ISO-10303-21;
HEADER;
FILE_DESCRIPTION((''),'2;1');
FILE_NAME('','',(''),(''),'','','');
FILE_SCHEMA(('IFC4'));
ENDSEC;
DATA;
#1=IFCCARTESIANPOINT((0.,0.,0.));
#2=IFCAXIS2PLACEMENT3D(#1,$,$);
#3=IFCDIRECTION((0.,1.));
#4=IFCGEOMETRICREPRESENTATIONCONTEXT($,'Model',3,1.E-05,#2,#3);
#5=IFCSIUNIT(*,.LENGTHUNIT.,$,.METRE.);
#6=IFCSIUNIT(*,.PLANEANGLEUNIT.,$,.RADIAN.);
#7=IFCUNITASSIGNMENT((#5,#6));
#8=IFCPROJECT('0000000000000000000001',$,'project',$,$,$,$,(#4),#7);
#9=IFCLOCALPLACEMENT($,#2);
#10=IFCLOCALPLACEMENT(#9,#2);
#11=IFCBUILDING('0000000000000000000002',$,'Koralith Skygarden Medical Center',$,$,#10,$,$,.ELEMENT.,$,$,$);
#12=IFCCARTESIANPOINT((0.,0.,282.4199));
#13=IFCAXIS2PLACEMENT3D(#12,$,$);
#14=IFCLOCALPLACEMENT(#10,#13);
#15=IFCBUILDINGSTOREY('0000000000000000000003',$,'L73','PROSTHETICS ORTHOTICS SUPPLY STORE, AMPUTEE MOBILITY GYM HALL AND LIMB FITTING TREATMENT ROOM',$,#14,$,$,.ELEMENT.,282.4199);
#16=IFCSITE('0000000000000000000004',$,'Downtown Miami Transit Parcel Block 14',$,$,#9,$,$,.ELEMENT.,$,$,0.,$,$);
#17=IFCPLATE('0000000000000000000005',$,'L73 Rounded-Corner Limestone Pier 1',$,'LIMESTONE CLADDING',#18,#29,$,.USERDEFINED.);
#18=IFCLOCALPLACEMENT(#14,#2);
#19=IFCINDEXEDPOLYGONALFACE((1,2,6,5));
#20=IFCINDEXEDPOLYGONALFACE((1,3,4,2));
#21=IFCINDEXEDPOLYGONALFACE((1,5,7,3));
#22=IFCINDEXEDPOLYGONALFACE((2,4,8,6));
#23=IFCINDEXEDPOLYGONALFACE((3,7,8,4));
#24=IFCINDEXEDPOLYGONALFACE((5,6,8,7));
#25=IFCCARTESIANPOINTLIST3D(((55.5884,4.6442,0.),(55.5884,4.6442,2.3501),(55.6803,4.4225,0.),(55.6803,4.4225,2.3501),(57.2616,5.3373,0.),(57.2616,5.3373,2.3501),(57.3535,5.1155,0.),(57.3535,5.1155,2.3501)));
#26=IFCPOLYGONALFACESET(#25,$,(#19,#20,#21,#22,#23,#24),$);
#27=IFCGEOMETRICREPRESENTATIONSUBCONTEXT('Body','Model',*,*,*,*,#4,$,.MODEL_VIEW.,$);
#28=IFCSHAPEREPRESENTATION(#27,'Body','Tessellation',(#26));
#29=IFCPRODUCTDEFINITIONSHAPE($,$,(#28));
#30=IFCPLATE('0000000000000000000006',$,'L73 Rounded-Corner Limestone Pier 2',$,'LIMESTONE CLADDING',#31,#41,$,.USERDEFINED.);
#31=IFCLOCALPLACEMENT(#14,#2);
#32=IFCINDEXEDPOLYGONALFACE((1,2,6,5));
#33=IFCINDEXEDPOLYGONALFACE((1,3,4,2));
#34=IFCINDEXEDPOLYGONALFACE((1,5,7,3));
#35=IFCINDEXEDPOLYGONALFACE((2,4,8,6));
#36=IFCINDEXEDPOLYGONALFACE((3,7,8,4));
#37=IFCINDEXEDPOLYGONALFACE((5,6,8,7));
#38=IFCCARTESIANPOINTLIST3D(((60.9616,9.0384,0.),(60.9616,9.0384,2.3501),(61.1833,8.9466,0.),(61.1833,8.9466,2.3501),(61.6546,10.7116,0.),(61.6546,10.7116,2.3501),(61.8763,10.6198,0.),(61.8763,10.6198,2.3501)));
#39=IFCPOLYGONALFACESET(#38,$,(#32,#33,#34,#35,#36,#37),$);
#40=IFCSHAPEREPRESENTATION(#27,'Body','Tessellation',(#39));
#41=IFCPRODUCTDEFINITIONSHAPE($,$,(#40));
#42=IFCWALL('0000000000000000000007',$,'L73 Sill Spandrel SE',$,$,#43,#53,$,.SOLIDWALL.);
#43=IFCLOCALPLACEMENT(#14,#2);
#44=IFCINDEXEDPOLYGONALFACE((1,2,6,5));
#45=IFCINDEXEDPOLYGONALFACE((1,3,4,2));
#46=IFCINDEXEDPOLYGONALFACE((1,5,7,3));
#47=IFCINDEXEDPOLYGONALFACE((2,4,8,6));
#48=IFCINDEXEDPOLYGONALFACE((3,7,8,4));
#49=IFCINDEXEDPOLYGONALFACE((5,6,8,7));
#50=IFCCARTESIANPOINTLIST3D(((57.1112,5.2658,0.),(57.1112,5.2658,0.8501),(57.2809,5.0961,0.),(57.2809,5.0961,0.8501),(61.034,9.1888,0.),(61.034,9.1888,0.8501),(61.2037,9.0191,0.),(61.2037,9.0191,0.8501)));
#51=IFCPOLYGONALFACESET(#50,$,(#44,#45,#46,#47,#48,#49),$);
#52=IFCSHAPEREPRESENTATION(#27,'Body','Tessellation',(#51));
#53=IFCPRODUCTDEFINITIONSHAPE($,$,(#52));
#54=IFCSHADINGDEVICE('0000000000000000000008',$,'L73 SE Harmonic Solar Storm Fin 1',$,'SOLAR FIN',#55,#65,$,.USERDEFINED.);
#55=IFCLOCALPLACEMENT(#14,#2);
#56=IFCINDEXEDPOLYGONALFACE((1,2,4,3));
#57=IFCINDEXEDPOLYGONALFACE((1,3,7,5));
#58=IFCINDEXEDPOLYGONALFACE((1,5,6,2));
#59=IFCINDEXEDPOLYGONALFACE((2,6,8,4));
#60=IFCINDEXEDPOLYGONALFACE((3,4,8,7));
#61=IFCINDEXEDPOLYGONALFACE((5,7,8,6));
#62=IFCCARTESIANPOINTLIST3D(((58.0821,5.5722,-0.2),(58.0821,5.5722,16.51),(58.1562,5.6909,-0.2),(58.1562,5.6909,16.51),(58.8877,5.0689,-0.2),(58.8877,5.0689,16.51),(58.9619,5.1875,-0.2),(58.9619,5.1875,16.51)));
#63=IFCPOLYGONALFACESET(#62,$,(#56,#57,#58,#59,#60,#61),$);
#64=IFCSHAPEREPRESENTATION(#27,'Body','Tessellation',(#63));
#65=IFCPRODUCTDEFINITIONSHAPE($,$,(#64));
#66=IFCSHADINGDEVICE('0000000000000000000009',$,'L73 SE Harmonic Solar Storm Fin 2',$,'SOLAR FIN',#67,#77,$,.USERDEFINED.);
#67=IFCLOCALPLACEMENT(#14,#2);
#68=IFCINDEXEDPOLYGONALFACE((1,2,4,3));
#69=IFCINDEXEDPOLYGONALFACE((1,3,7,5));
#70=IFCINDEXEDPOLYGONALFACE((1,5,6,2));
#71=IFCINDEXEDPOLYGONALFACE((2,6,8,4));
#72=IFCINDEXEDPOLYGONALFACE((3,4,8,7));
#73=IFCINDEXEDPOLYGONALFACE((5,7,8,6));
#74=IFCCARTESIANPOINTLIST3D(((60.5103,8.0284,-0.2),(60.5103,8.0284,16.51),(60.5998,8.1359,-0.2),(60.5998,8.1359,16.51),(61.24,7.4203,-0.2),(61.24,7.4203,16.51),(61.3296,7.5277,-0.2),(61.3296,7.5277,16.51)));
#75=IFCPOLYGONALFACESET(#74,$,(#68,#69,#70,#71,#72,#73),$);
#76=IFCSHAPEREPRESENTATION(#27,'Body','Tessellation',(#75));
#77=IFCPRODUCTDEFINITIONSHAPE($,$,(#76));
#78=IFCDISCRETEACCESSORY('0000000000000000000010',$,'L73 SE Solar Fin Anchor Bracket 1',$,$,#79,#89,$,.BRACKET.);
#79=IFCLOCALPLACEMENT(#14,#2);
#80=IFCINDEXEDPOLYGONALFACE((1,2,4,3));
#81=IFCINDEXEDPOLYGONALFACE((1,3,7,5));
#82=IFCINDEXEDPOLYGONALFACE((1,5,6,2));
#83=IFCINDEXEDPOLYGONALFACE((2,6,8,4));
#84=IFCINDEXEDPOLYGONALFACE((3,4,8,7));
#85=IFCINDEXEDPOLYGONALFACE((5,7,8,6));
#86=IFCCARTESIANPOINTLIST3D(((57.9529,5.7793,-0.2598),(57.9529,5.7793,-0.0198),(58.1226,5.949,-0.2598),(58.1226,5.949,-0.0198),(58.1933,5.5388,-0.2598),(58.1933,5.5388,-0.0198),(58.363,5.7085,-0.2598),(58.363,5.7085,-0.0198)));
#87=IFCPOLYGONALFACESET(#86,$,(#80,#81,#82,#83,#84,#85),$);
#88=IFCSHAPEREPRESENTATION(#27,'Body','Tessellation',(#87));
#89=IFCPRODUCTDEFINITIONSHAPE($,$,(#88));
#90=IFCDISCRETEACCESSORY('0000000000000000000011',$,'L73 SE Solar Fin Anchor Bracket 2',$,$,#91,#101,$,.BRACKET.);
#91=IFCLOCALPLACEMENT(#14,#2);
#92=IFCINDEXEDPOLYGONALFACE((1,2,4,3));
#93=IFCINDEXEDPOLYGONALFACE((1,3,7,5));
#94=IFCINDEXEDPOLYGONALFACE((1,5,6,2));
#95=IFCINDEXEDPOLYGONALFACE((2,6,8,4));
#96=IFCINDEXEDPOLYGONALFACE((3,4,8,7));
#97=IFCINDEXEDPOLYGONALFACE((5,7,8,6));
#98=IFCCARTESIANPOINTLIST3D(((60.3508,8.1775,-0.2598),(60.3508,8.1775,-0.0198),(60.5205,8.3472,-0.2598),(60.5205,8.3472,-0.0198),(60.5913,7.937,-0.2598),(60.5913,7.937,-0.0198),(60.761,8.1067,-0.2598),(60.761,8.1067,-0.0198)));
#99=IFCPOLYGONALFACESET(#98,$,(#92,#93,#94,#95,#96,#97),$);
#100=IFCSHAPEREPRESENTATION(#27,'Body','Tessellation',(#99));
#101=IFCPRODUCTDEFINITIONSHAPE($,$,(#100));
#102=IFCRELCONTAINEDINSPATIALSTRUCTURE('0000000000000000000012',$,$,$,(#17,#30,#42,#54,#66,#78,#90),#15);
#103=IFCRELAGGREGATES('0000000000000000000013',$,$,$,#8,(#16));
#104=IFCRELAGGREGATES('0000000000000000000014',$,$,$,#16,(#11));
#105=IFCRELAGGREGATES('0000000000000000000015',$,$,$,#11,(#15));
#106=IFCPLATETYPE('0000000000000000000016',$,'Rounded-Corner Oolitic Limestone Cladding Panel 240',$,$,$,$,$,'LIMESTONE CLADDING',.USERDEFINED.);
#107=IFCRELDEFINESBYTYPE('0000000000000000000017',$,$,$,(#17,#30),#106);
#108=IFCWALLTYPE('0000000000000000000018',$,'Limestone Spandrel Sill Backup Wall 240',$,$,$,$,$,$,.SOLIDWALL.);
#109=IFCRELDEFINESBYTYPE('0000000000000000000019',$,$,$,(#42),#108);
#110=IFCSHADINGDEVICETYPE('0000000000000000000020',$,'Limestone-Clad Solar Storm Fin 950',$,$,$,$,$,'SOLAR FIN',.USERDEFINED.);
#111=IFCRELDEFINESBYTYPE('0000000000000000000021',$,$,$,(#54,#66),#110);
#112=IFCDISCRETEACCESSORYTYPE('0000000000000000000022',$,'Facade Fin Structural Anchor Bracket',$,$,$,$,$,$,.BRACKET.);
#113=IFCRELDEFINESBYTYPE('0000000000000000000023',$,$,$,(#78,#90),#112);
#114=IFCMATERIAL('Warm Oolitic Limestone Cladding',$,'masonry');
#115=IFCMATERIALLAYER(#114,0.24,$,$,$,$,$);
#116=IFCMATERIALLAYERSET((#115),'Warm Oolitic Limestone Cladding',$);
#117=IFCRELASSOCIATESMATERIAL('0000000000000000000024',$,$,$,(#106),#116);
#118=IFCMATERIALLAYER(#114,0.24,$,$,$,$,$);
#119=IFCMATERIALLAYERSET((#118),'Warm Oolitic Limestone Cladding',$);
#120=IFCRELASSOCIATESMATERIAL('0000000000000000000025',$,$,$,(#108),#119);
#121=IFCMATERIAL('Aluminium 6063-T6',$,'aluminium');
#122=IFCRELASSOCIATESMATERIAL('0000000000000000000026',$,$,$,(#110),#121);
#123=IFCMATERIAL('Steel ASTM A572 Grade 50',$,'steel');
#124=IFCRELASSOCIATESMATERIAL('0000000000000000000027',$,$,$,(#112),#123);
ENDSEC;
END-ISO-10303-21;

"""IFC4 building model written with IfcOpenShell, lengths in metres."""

from ifc_helpers import new_model, si_unit, direction, frame, frame_2d, origin, origin_2d, place, context, subcontext, project, spatial, rectangle, extrude, material, layer, layer_set, type_object, element, save


model = new_model("IFC4")

# Units and contexts
model_context = context("Model", 3, precision=1e-05, world=origin(), true_north=direction((0.0, 1.0)))
body_context = subcontext(model_context, "Body", "Model", "MODEL_VIEW")
ifc_project = project(units=[si_unit("LENGTHUNIT", "METRE"), si_unit("PLANEANGLEUNIT", "RADIAN")], contexts=[model_context])

# Site, building, storey
site_placement = place(None, origin())
site = spatial("IfcSite", under=ifc_project, at=site_placement, Name="Downtown Miami Transit Parcel Block 14", CompositionType="ELEMENT", RefElevation=0.0)
building_placement = place(site_placement, origin())
building = spatial("IfcBuilding", under=site, at=building_placement, Name="Koralith Skygarden Medical Center", CompositionType="ELEMENT")
storey_placement = place(building_placement, frame((0.0, 0.0, 282.4199)))
storey = spatial("IfcBuildingStorey", under=building, at=storey_placement, Name="L73", Description="PROSTHETICS ORTHOTICS SUPPLY STORE, AMPUTEE MOBILITY GYM HALL AND LIMB FITTING TREATMENT ROOM", CompositionType="ELEMENT", Elevation=282.4199)

# Shared definitions
ifc_material_1 = material(Name="Aluminium 6063-T6", Category="aluminium")

# Plates
ifc_material_2 = material(Name="Warm Oolitic Limestone Cladding", Category="masonry")
ifc_layer_1 = layer(ifc_material_2, 0.24)
ifc_layer_set_1 = layer_set([ifc_layer_1], Name="Warm Oolitic Limestone Cladding")
plate_type_1 = type_object("IfcPlateType", Name="Rounded-Corner Oolitic Limestone Cladding Panel 240", ElementType="LIMESTONE CLADDING", PredefinedType="USERDEFINED", material=ifc_layer_set_1)
for number, where, z_axis, x_axis, name in (
    (1, (56.4709, 4.8799, 0.0), (0.0, 0.0, 1.0), (0.923885, 0.382671, 0.0), "L73 Rounded-Corner Limestone Pier 1"),
    (2, (61.4189, 9.8291, 0.0), (0.0, 0.0, 1.0), (0.382671, 0.923885, 0.0), "L73 Rounded-Corner Limestone Pier 2"),
):
    element("IfcPlate", number, at=place(storey_placement, frame(where, z_axis=z_axis, x_axis=x_axis)), inside=storey, type_object=plate_type_1, Name=name, ObjectType="LIMESTONE CLADDING", PredefinedType="USERDEFINED", context=body_context, shape_type="SweptSolid", body=[
        extrude(rectangle(XDim=1.811, YDim=0.24, at=origin_2d()), origin(), (0.0, 0.0, 1.0), 2.3501),
    ])

# Wall
ifc_layer_2 = layer(ifc_material_2, 0.24)
ifc_layer_set_2 = layer_set([ifc_layer_2], Name="Warm Oolitic Limestone Cladding")
wall_type = type_object("IfcWallType", Name="Limestone Spandrel Sill Backup Wall 240", PredefinedType="SOLIDWALL", material=ifc_layer_set_2)
wall_placement = place(storey_placement, frame((57.196, 5.1809, 0.0), z_axis=(0.0, 0.0, 1.0), x_axis=(0.707085, 0.707129, 0.0)))
element("IfcWall", 3, at=wall_placement, inside=storey, type_object=wall_type, Name="L73 Sill Spandrel SE", PredefinedType="SOLIDWALL", context=body_context, shape_type="SweptSolid", body=[
    extrude(rectangle(XDim=5.5479, YDim=0.24, at=frame_2d((2.7739, 0.0))), origin(), (0.0, 0.0, 1.0), 0.8501),
])

# Shading devices
shading_device_type = type_object("IfcShadingDeviceType", Name="Limestone-Clad Solar Storm Fin 950", ElementType="SOLAR FIN", PredefinedType="USERDEFINED", material=ifc_material_1)
for number, where, z_axis, x_axis, name in (
    (4, (58.522, 5.3799, -0.2), (0.0, 0.0, 1.0), (0.848104, -0.52983, 0.0), "L73 SE Harmonic Solar Storm Fin 1"),
    (5, (60.9199, 7.7781, -0.2), (0.0, 0.0, 1.0), (0.768194, -0.640217, 0.0), "L73 SE Harmonic Solar Storm Fin 2"),
):
    element("IfcShadingDevice", number, at=place(storey_placement, frame(where, z_axis=z_axis, x_axis=x_axis)), inside=storey, type_object=shading_device_type, Name=name, ObjectType="SOLAR FIN", PredefinedType="USERDEFINED", context=body_context, shape_type="SweptSolid", body=[
        extrude(rectangle(XDim=0.95, YDim=0.1399, at=origin_2d()), origin(), (0.0, 0.0, 1.0), 16.71),
    ])

# Discrete accessories
ifc_material_3 = material(Name="Steel ASTM A572 Grade 50", Category="steel")
discrete_accessory_type = type_object("IfcDiscreteAccessoryType", Name="Facade Fin Structural Anchor Bracket", PredefinedType="BRACKET", material=ifc_material_3)
for number, where, z_axis, x_axis, name in (
    (6, (58.158, 5.7439, -0.2598), (0.0, 0.0, 1.0), (0.707107, -0.707107, 0.0), "L73 SE Solar Fin Anchor Bracket 1"),
    (7, (60.5559, 8.1421, -0.2598), (0.0, 0.0, 1.0), (0.707107, -0.707107, 0.0), "L73 SE Solar Fin Anchor Bracket 2"),
):
    element("IfcDiscreteAccessory", number, at=place(storey_placement, frame(where, z_axis=z_axis, x_axis=x_axis)), inside=storey, type_object=discrete_accessory_type, Name=name, PredefinedType="BRACKET", context=body_context, shape_type="SweptSolid", body=[
        extrude(rectangle(XDim=0.3401, YDim=0.24, at=origin_2d()), origin(), (0.0, 0.0, 1.0), 0.24),
    ])

save(model, "model.ifc")
